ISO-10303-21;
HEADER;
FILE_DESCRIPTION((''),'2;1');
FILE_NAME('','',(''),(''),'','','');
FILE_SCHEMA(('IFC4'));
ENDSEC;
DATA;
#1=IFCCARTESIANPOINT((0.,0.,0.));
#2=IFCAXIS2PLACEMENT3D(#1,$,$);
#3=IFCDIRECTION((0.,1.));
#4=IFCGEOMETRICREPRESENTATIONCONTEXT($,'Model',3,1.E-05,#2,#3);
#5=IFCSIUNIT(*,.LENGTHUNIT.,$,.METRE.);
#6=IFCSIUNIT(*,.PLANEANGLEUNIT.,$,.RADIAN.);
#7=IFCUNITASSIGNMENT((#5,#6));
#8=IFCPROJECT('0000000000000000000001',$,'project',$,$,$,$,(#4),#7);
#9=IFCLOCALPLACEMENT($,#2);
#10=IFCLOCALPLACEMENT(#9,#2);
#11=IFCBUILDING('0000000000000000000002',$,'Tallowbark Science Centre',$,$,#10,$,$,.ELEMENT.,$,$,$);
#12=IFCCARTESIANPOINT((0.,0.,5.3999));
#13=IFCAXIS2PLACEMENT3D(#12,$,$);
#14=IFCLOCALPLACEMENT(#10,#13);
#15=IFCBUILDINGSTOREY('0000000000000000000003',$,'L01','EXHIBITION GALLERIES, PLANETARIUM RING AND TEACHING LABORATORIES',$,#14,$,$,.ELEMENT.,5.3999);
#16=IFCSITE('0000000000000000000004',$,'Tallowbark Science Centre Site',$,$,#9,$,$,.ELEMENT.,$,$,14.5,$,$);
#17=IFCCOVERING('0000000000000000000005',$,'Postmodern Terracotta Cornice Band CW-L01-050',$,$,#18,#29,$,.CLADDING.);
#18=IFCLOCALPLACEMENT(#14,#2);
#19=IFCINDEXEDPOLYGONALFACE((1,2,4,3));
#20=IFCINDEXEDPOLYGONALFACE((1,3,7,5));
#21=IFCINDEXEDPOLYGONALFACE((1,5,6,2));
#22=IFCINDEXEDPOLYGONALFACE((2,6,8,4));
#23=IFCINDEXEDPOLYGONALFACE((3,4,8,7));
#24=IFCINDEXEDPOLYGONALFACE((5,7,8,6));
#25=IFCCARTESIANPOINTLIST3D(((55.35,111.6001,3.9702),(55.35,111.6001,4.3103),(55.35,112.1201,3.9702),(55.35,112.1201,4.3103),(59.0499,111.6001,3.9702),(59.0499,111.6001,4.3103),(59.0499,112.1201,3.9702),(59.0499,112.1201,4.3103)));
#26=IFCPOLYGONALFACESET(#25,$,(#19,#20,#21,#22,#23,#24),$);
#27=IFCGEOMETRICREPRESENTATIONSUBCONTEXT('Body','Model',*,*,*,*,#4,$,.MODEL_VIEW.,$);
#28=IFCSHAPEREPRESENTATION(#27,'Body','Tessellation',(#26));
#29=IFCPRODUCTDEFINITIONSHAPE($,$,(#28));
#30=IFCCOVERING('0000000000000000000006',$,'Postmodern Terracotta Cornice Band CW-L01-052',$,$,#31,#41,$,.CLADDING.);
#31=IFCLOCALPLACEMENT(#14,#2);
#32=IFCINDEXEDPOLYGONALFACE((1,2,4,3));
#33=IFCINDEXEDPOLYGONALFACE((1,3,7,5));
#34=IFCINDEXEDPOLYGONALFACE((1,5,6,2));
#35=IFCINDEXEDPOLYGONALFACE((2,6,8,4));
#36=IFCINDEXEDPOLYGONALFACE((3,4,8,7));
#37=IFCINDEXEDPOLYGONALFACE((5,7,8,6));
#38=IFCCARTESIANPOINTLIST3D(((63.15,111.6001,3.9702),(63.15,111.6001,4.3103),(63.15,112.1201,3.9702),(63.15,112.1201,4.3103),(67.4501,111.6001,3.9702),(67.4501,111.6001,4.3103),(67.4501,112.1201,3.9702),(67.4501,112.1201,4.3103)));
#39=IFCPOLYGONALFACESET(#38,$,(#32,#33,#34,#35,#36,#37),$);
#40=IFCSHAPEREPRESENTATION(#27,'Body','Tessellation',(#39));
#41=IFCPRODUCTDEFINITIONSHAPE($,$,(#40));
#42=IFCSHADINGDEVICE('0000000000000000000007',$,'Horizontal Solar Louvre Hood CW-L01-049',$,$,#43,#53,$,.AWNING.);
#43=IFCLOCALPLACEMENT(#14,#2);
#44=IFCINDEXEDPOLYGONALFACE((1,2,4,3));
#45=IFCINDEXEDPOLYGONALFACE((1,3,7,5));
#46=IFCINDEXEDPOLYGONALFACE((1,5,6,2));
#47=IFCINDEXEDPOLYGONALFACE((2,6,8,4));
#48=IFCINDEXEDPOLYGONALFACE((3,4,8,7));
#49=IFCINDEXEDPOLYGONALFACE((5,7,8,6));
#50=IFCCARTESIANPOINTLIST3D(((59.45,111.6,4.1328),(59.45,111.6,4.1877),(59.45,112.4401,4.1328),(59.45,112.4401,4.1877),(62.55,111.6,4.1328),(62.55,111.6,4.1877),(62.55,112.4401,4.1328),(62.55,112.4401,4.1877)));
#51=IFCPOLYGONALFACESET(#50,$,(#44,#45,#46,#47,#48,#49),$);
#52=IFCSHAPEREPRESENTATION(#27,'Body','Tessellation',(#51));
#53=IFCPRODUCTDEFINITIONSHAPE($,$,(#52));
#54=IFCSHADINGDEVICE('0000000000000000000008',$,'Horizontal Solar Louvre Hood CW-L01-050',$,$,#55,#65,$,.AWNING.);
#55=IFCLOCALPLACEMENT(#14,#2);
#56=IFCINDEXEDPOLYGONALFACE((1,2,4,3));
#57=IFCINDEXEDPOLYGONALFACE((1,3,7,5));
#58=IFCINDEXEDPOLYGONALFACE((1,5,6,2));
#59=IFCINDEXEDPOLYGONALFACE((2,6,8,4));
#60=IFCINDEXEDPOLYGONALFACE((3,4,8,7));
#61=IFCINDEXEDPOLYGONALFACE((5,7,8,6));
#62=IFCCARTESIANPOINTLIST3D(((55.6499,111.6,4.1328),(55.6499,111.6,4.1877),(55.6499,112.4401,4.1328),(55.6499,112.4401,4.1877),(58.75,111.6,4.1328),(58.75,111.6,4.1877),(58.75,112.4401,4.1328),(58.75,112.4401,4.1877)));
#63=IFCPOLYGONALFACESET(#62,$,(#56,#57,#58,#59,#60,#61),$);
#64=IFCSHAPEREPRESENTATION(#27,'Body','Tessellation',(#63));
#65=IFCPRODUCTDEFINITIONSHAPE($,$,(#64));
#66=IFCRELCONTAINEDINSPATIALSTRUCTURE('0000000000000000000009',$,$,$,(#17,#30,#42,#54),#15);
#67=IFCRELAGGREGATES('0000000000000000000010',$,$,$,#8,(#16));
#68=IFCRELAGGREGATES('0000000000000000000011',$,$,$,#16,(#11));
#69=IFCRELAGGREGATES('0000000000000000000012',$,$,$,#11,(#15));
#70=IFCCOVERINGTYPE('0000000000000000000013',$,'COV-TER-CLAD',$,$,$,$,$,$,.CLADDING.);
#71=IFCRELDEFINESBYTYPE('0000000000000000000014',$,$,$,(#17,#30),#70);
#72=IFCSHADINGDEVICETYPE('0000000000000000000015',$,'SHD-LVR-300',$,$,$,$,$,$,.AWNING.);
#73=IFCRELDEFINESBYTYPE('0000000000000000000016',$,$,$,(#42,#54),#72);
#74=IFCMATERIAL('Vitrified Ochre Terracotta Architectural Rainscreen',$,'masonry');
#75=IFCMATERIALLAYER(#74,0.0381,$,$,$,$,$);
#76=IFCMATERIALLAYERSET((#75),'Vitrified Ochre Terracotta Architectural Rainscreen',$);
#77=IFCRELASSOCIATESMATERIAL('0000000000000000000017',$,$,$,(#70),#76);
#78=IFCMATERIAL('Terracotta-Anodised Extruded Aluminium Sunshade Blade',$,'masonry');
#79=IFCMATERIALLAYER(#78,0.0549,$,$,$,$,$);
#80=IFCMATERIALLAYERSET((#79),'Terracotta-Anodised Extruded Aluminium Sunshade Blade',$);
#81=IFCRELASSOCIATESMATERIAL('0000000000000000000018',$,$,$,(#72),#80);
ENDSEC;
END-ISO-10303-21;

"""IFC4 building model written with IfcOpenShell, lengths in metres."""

from ifc_helpers import new_model, si_unit, direction, frame, origin, origin_2d, place, context, subcontext, project, spatial, rectangle, extrude, material, layer, layer_set, type_object, element, save


model = new_model("IFC4")

# Units and contexts
model_context = context("Model", 3, precision=1e-05, world=origin(), true_north=direction((0.0, 1.0)))
body_context = subcontext(model_context, "Body", "Model", "MODEL_VIEW")
ifc_project = project(units=[si_unit("LENGTHUNIT", "METRE"), si_unit("PLANEANGLEUNIT", "RADIAN")], contexts=[model_context])

# Site, building, storey
site_placement = place(None, origin())
site = spatial("IfcSite", under=ifc_project, at=site_placement, Name="Tallowbark Science Centre Site", CompositionType="ELEMENT", RefElevation=14.5)
building_placement = place(site_placement, origin())
building = spatial("IfcBuilding", under=site, at=building_placement, Name="Tallowbark Science Centre", CompositionType="ELEMENT")
storey_placement = place(building_placement, frame((0.0, 0.0, 5.3999)))
storey = spatial("IfcBuildingStorey", under=building, at=storey_placement, Name="L01", Description="EXHIBITION GALLERIES, PLANETARIUM RING AND TEACHING LABORATORIES", CompositionType="ELEMENT", Elevation=5.3999)

# Coverings
ifc_material_1 = material(Name="Vitrified Ochre Terracotta Architectural Rainscreen", Category="masonry")
ifc_layer_1 = layer(ifc_material_1, 0.0381)
ifc_layer_set_1 = layer_set([ifc_layer_1], Name="Vitrified Ochre Terracotta Architectural Rainscreen")
covering_type_1 = type_object("IfcCoveringType", Name="COV-TER-CLAD", PredefinedType="CLADDING", material=ifc_layer_set_1)
for number, where, z_axis, x_axis, name in (
    (1, (57.2, 111.8601, 3.9702), (0.0, 0.0, 1.0), (-1.0, 0.0, 0.0), "Postmodern Terracotta Cornice Band CW-L01-050"),
):
    element("IfcCovering", number, at=place(storey_placement, frame(where, z_axis=z_axis, x_axis=x_axis)), inside=storey, type_object=covering_type_1, Name=name, PredefinedType="CLADDING", context=body_context, shape_type="SweptSolid", body=[
        extrude(rectangle(XDim=3.7, YDim=0.52, at=origin_2d()), origin(), (0.0, 0.0, 1.0), 0.3401),
    ])
covering_1_placement = place(storey_placement, frame((65.3, 111.8601, 3.9702), z_axis=(0.0, 0.0, 1.0), x_axis=(-1.0, 0.0, 0.0)))
element("IfcCovering", 2, at=covering_1_placement, inside=storey, type_object=covering_type_1, Name="Postmodern Terracotta Cornice Band CW-L01-052", PredefinedType="CLADDING", context=body_context, shape_type="SweptSolid", body=[
    extrude(rectangle(XDim=4.3, YDim=0.52, at=origin_2d()), origin(), (0.0, 0.0, 1.0), 0.3401),
])

# Shading devices
ifc_material_2 = material(Name="Terracotta-Anodised Extruded Aluminium Sunshade Blade", Category="masonry")
ifc_layer_2 = layer(ifc_material_2, 0.0549)
ifc_layer_set_2 = layer_set([ifc_layer_2], Name="Terracotta-Anodised Extruded Aluminium Sunshade Blade")
shading_device_type = type_object("IfcShadingDeviceType", Name="SHD-LVR-300", PredefinedType="AWNING", material=ifc_layer_set_2)
for number, where, z_axis, x_axis, name in (
    (3, (61.0, 112.02, 4.1328), (0.0, 0.0, 1.0), (-1.0, 0.0, 0.0), "Horizontal Solar Louvre Hood CW-L01-049"),
    (4, (57.2, 112.02, 4.1328), (0.0, 0.0, 1.0), (-1.0, 0.0, 0.0), "Horizontal Solar Louvre Hood CW-L01-050"),
):
    element("IfcShadingDevice", number, at=place(storey_placement, frame(where, z_axis=z_axis, x_axis=x_axis)), inside=storey, type_object=shading_device_type, Name=name, PredefinedType="AWNING", context=body_context, shape_type="SweptSolid", body=[
        extrude(rectangle(XDim=3.1001, YDim=0.8401, at=origin_2d()), origin(), (0.0, 0.0, 1.0), 0.0549),
    ])

save(model, "model.ifc")
